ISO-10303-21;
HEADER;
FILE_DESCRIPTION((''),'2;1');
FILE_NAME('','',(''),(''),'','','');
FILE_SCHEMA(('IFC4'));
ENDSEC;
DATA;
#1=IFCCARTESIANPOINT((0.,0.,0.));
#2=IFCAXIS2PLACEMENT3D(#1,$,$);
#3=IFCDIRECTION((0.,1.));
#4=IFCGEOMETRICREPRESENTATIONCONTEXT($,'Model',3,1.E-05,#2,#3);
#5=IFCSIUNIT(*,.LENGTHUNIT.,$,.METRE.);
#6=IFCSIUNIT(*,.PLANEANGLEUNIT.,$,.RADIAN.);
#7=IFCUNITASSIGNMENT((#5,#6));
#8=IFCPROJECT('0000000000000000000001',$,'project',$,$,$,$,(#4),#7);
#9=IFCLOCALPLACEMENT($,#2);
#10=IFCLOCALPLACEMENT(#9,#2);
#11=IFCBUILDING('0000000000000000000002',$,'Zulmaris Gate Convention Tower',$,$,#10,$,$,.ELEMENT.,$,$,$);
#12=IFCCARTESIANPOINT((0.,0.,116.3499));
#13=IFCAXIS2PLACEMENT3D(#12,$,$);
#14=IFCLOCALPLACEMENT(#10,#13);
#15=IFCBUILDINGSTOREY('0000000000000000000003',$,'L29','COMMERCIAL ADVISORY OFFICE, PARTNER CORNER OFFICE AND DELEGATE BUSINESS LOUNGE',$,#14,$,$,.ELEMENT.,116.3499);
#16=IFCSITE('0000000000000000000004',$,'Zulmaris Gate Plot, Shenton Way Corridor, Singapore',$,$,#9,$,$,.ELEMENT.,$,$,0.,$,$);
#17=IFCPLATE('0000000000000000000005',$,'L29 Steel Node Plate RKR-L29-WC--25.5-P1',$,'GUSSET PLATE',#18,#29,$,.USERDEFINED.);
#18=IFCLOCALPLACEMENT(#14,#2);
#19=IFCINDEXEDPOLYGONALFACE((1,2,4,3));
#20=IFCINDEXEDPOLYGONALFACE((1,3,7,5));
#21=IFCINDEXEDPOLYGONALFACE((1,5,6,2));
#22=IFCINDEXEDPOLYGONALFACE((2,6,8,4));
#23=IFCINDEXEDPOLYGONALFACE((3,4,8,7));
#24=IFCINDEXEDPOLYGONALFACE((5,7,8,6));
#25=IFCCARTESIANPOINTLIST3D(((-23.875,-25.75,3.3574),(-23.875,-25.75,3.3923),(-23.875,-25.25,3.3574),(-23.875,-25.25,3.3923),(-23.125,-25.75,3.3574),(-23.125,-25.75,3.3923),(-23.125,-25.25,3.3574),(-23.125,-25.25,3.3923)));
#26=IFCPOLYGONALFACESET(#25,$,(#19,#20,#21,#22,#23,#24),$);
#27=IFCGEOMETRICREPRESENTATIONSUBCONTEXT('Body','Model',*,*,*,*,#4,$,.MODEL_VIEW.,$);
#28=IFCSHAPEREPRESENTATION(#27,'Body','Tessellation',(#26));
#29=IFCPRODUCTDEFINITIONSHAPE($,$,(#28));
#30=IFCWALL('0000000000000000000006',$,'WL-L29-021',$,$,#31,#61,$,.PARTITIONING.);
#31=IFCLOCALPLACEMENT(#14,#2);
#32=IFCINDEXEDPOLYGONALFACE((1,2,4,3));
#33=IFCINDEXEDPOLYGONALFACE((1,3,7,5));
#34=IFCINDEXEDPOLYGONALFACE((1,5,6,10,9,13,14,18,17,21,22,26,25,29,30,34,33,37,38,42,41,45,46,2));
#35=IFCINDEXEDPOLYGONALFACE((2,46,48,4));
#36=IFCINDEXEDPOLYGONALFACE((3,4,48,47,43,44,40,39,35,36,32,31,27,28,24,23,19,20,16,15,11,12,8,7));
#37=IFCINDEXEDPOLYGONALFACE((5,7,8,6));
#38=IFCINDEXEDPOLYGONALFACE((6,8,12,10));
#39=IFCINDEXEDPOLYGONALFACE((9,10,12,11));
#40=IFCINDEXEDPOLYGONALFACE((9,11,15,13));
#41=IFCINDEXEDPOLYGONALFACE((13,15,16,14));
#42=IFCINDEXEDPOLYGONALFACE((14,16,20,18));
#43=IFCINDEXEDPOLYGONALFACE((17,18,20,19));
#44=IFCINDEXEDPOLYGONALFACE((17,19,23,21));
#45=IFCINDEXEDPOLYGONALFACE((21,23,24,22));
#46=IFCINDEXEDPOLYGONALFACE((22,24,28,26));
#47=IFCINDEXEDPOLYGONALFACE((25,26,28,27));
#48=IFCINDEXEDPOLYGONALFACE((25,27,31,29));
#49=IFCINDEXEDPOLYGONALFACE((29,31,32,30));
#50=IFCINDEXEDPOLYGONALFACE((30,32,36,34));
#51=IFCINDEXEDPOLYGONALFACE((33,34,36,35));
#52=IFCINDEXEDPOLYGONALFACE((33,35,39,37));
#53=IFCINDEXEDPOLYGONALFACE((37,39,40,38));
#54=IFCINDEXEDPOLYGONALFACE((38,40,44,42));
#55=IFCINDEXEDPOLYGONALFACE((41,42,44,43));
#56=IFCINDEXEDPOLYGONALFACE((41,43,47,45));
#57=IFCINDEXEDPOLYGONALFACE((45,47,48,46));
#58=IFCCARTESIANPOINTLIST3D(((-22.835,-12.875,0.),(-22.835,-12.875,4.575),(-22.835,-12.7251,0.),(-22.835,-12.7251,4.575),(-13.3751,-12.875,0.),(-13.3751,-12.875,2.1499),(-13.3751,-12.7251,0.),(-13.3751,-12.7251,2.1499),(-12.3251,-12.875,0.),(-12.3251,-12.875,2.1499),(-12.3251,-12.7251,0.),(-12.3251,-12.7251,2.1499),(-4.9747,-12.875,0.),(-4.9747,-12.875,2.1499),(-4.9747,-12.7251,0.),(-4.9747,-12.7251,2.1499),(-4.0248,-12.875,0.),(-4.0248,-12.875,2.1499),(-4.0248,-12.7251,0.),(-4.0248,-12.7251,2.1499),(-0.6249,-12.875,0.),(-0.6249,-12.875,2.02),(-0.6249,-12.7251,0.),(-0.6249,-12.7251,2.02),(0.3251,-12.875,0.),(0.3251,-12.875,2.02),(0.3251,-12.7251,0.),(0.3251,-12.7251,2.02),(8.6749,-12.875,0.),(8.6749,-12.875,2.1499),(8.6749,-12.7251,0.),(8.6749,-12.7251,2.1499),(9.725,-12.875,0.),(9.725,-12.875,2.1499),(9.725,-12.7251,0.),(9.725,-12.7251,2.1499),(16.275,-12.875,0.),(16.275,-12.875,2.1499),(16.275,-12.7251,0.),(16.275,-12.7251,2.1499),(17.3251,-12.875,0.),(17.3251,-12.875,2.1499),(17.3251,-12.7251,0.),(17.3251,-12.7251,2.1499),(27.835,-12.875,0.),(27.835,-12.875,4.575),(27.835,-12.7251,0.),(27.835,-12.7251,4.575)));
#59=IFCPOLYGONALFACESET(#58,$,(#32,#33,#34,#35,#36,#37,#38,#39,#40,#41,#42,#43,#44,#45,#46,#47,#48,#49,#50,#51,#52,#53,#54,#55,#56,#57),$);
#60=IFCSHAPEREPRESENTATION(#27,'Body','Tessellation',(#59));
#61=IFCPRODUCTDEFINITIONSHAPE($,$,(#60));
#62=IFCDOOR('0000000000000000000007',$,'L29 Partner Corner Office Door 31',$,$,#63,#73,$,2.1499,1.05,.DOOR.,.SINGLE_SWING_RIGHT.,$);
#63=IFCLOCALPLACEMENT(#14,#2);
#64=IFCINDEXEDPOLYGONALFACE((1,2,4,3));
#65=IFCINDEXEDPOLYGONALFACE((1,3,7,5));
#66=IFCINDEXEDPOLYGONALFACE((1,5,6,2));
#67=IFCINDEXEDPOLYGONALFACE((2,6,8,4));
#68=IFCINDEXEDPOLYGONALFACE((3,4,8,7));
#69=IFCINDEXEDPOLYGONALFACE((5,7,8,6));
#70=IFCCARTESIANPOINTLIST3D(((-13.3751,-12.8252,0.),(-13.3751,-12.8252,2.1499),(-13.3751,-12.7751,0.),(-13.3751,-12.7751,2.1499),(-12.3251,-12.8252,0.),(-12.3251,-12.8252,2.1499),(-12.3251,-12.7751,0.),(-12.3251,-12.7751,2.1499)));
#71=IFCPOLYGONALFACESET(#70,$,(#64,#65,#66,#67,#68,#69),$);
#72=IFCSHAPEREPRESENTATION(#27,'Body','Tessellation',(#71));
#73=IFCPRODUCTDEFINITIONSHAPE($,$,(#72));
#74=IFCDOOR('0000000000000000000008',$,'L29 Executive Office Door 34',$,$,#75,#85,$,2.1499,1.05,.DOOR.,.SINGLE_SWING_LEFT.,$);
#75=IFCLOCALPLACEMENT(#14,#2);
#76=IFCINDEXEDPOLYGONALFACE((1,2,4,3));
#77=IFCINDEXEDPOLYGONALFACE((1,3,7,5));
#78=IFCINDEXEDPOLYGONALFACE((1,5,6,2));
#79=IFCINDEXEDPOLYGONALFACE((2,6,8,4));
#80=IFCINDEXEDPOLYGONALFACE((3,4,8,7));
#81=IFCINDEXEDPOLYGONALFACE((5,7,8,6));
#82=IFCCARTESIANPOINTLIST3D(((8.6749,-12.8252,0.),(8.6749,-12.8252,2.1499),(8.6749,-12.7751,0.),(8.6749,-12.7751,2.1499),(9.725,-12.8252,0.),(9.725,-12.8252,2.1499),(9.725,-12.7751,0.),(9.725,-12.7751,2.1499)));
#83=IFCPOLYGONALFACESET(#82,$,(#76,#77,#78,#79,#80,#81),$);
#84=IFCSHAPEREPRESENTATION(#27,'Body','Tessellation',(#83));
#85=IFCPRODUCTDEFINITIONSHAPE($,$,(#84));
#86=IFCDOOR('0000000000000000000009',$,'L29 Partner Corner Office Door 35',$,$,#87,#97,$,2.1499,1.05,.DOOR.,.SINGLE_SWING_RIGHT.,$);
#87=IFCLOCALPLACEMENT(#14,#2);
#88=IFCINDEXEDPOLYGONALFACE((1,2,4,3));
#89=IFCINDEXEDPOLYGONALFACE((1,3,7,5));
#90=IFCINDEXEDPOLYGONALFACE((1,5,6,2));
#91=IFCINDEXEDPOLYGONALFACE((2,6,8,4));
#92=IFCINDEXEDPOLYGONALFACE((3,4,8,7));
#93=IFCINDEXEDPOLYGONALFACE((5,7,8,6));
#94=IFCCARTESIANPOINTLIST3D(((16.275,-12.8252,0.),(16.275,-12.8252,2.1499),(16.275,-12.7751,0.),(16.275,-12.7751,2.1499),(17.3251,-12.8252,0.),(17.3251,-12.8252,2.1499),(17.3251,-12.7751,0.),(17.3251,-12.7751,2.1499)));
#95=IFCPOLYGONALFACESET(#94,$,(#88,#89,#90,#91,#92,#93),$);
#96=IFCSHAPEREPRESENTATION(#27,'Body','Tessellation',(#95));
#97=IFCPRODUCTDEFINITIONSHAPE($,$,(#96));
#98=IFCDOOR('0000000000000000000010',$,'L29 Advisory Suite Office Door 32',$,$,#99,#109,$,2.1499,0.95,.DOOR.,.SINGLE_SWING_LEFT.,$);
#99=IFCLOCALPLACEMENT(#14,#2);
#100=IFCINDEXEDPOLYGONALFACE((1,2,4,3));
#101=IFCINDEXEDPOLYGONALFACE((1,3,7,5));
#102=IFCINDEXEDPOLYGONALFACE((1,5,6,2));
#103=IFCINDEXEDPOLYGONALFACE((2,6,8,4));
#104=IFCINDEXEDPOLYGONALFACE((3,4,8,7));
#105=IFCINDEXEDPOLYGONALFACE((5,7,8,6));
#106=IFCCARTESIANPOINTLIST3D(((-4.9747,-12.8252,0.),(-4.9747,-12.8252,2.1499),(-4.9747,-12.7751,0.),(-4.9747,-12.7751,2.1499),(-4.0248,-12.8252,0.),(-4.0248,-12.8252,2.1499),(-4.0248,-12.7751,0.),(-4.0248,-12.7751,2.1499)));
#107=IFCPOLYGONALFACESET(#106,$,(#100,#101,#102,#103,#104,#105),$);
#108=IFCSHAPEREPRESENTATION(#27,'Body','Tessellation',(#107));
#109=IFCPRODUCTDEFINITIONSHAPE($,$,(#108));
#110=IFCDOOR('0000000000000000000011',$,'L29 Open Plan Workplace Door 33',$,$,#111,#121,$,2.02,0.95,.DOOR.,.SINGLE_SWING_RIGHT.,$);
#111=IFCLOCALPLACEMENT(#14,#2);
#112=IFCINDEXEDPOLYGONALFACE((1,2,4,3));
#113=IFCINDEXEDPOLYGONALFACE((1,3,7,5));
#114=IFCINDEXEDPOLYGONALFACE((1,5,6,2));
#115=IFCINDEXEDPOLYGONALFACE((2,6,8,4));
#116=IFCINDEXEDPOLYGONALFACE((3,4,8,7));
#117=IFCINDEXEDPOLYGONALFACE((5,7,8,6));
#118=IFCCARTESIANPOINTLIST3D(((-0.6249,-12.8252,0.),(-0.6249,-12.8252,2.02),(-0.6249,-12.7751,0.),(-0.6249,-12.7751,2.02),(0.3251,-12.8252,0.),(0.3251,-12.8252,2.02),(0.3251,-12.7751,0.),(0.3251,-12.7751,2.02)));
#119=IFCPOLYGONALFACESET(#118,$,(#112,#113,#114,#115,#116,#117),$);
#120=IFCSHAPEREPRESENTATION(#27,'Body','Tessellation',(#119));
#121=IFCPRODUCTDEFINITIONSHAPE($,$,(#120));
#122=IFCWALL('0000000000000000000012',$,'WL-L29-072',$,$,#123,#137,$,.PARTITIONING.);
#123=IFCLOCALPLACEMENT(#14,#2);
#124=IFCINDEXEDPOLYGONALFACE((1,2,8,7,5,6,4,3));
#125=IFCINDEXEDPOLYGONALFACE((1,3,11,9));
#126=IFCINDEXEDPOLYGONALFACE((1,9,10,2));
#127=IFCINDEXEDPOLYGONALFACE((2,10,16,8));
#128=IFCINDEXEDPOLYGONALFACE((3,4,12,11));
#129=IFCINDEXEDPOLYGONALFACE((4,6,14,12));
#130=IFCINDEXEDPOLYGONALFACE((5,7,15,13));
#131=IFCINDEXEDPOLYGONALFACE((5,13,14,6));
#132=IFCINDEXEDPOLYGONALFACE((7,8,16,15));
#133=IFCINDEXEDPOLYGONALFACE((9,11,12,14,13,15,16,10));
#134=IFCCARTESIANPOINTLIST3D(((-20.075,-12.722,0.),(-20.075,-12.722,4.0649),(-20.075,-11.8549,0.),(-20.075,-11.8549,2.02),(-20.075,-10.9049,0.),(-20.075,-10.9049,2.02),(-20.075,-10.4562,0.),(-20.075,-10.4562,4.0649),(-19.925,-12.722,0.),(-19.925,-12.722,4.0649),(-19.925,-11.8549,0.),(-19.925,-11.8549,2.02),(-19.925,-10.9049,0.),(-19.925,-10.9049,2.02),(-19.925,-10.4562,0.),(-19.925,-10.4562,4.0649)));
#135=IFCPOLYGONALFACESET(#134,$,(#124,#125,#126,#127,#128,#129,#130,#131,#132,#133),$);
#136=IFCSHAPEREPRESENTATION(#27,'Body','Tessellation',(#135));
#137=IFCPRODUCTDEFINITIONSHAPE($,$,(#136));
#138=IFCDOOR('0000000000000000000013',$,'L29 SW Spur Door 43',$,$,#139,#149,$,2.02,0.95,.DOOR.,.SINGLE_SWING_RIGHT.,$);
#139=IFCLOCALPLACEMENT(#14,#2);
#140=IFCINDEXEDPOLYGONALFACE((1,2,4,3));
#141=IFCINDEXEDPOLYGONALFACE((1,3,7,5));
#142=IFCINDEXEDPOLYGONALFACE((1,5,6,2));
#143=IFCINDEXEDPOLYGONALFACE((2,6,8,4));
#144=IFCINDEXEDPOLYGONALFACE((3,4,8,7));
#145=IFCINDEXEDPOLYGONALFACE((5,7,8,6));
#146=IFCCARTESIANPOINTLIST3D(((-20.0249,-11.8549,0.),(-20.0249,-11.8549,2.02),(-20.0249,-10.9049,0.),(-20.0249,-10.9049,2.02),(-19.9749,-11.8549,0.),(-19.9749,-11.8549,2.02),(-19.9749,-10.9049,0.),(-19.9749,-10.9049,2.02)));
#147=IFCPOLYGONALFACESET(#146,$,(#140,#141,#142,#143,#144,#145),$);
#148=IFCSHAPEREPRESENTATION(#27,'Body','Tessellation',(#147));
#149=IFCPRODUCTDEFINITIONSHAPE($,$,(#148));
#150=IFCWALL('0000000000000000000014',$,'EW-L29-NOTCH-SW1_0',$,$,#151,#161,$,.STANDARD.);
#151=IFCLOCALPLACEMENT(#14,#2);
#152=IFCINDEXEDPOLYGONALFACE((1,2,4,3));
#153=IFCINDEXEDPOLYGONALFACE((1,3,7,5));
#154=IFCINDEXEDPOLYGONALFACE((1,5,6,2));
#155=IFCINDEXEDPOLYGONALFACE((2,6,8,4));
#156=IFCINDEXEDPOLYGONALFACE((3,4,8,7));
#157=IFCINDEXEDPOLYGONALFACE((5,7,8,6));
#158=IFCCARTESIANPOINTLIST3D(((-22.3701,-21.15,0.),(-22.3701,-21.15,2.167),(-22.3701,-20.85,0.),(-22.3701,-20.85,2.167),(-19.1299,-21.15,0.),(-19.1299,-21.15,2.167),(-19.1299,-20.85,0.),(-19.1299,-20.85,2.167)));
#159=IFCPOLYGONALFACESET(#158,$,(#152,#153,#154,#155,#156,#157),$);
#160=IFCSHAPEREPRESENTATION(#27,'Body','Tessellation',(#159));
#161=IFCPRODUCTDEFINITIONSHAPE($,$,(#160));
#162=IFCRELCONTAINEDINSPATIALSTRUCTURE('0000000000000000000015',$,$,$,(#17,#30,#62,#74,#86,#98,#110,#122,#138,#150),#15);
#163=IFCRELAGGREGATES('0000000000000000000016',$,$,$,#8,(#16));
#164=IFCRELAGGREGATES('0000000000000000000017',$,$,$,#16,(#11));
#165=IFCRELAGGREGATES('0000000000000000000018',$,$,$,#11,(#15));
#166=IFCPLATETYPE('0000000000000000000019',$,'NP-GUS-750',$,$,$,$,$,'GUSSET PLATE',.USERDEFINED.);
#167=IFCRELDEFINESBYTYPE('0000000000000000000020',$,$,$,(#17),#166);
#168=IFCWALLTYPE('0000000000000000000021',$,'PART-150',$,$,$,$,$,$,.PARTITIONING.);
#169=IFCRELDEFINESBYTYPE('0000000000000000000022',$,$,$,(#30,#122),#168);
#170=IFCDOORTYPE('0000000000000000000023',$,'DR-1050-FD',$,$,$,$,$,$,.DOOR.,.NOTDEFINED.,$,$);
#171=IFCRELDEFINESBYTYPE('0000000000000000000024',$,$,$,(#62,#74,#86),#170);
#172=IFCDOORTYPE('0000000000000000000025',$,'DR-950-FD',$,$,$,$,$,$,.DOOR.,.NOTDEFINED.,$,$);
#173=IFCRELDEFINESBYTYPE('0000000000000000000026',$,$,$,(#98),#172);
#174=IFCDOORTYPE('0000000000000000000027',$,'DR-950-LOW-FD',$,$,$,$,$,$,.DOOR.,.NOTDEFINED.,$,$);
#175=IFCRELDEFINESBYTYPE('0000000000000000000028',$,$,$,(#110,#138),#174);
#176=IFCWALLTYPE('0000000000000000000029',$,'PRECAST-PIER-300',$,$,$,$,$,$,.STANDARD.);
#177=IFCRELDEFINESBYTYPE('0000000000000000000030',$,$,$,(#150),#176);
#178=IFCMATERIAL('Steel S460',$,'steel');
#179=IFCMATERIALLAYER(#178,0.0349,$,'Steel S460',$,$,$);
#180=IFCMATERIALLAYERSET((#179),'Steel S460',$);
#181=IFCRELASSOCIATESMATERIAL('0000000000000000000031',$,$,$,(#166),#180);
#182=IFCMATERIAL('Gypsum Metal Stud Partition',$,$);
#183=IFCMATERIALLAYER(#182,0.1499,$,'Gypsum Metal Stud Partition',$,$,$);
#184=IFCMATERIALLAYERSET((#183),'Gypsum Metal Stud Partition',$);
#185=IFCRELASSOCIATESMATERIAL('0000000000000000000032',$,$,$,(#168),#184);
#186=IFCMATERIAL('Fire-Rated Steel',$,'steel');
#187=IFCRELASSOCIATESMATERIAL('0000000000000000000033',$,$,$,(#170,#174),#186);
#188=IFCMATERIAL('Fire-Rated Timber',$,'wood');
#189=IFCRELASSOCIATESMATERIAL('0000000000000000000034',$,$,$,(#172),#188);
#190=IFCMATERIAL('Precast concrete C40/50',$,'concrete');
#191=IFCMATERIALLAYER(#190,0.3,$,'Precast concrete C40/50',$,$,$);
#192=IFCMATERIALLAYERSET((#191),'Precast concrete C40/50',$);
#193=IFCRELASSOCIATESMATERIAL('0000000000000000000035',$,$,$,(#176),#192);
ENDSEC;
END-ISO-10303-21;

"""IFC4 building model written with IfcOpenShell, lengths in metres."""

from ifc_helpers import new_model, si_unit, direction, frame, frame_2d, origin, origin_2d, place, context, subcontext, project, spatial, rectangle, extrude, material, layer, layer_set, type_object, element, fill, save


model = new_model("IFC4")

# Units and contexts
model_context = context("Model", 3, precision=1e-05, world=origin(), true_north=direction((0.0, 1.0)))
body_context = subcontext(model_context, "Body", "Model", "MODEL_VIEW")
ifc_project = project(units=[si_unit("LENGTHUNIT", "METRE"), si_unit("PLANEANGLEUNIT", "RADIAN")], contexts=[model_context])

# Site, building, storey
site_placement = place(None, origin())
site = spatial("IfcSite", under=ifc_project, at=site_placement, Name="Zulmaris Gate Plot, Shenton Way Corridor, Singapore", CompositionType="ELEMENT", RefElevation=0.0)
building_placement = place(site_placement, origin())
building = spatial("IfcBuilding", under=site, at=building_placement, Name="Zulmaris Gate Convention Tower", CompositionType="ELEMENT")
storey_placement = place(building_placement, frame((0.0, 0.0, 116.3499)))
storey = spatial("IfcBuildingStorey", under=building, at=storey_placement, Name="L29", Description="COMMERCIAL ADVISORY OFFICE, PARTNER CORNER OFFICE AND DELEGATE BUSINESS LOUNGE", CompositionType="ELEMENT", Elevation=116.3499)

# Shared definitions
ifc_material_1 = material(Name="Steel S460", Category="steel")

# Plate
ifc_layer_1 = layer(ifc_material_1, 0.0349, Name="Steel S460")
ifc_layer_set_1 = layer_set([ifc_layer_1], Name="Steel S460")
plate_type_1 = type_object("IfcPlateType", Name="NP-GUS-750", ElementType="GUSSET PLATE", PredefinedType="USERDEFINED", material=ifc_layer_set_1)
for number, where, z_axis, x_axis, name in (
    (1, (-23.5, -25.5, 3.3574), (0.0, 0.0, 1.0), (1.0, 0.0, 0.0), "L29 Steel Node Plate RKR-L29-WC--25.5-P1"),
):
    element("IfcPlate", number, at=place(storey_placement, frame(where, z_axis=z_axis, x_axis=x_axis)), inside=storey, type_object=plate_type_1, Name=name, ObjectType="GUSSET PLATE", PredefinedType="USERDEFINED", context=body_context, shape_type="SweptSolid", body=[
        extrude(rectangle(XDim=0.75, YDim=0.5, at=origin_2d()), origin(), (0.0, 0.0, 1.0), 0.0349),
    ])

# Wall, openings, doors
ifc_material_2 = material(Name="Gypsum Metal Stud Partition")
ifc_layer_2 = layer(ifc_material_2, 0.1499, Name="Gypsum Metal Stud Partition")
ifc_layer_set_2 = layer_set([ifc_layer_2], Name="Gypsum Metal Stud Partition")
wall_type_1 = type_object("IfcWallType", Name="PART-150", PredefinedType="PARTITIONING", material=ifc_layer_set_2)
wall_1_placement = place(storey_placement, frame((-22.835, -12.8, 0.0), z_axis=(0.0, 0.0, 1.0), x_axis=(1.0, 0.0, 0.0)))
wall_1 = element("IfcWall", 2, at=wall_1_placement, inside=storey, type_object=wall_type_1, Name="WL-L29-021", PredefinedType="PARTITIONING", context=body_context, shape_type="SweptSolid", body=[
    extrude(rectangle(XDim=50.6699, YDim=0.1499, at=frame_2d((25.335, 0.0))), origin(), (0.0, 0.0, 1.0), 4.575),
])
opening_1_placement = place(wall_1_placement, frame((9.46, 0.0, 0.0)))
opening_1 = element("IfcOpeningElement", 3, at=opening_1_placement, cuts=wall_1, PredefinedType="OPENING", context=body_context, shape_type="SweptSolid", body=[
    extrude(rectangle(XDim=1.05, YDim=2.1499, at=frame_2d((0.5249, 1.075))), frame((0.0, 0.085, 0.0), z_axis=(0.0, -1.0, 0.0), x_axis=(1.0, 0.0, 0.0)), (0.0, 0.0, 1.0), 0.1699),
])
opening_2_placement = place(wall_1_placement, frame((17.8601, 0.0, 0.0)))
opening_2 = element("IfcOpeningElement", 4, at=opening_2_placement, cuts=wall_1, PredefinedType="OPENING", context=body_context, shape_type="SweptSolid", body=[
    extrude(rectangle(XDim=0.95, YDim=2.1499, at=frame_2d((0.4751, 1.075))), frame((0.0, 0.085, 0.0), z_axis=(0.0, -1.0, 0.0), x_axis=(1.0, 0.0, 0.0)), (0.0, 0.0, 1.0), 0.1699),
])
opening_3_placement = place(wall_1_placement, frame((22.21, 0.0, 0.0)))
opening_3 = element("IfcOpeningElement", 5, at=opening_3_placement, cuts=wall_1, PredefinedType="OPENING", context=body_context, shape_type="SweptSolid", body=[
    extrude(rectangle(XDim=0.95, YDim=2.02, at=frame_2d((0.4751, 1.01))), frame((0.0, 0.085, 0.0), z_axis=(0.0, -1.0, 0.0), x_axis=(1.0, 0.0, 0.0)), (0.0, 0.0, 1.0), 0.1699),
])
opening_4_placement = place(wall_1_placement, frame((31.51, 0.0, 0.0)))
opening_4 = element("IfcOpeningElement", 6, at=opening_4_placement, cuts=wall_1, PredefinedType="OPENING", context=body_context, shape_type="SweptSolid", body=[
    extrude(rectangle(XDim=1.05, YDim=2.1499, at=frame_2d((0.5249, 1.075))), frame((0.0, 0.085, 0.0), z_axis=(0.0, -1.0, 0.0), x_axis=(1.0, 0.0, 0.0)), (0.0, 0.0, 1.0), 0.1699),
])
opening_5_placement = place(wall_1_placement, frame((39.1101, 0.0, 0.0)))
opening_5 = element("IfcOpeningElement", 7, at=opening_5_placement, cuts=wall_1, PredefinedType="OPENING", context=body_context, shape_type="SweptSolid", body=[
    extrude(rectangle(XDim=1.05, YDim=2.1499, at=frame_2d((0.5249, 1.075))), frame((0.0, 0.085, 0.0), z_axis=(0.0, -1.0, 0.0), x_axis=(1.0, 0.0, 0.0)), (0.0, 0.0, 1.0), 0.1699),
])
ifc_material_3 = material(Name="Fire-Rated Steel", Category="steel")
door_type_1 = type_object("IfcDoorType", Name="DR-1050-FD", OperationType="NOTDEFINED", PredefinedType="DOOR", material=ifc_material_3)
door_1_placement = place(opening_1_placement, origin())
door_1 = element("IfcDoor", 8, at=door_1_placement, inside=storey, type_object=door_type_1, Name="L29 Partner Corner Office Door 31", OperationType="SINGLE_SWING_RIGHT", OverallHeight=2.1499, OverallWidth=1.05, PredefinedType="DOOR", context=body_context, shape_type="SweptSolid", body=[
    extrude(rectangle(XDim=1.05, YDim=2.1499, at=frame_2d((0.5249, 1.075))), frame((0.0, 0.0249, 0.0), z_axis=(0.0, -1.0, 0.0), x_axis=(1.0, 0.0, 0.0)), (0.0, 0.0, 1.0), 0.05),
])
fill(opening_1, door_1)
door_2_placement = place(opening_4_placement, origin())
door_2 = element("IfcDoor", 9, at=door_2_placement, inside=storey, type_object=door_type_1, Name="L29 Executive Office Door 34", OperationType="SINGLE_SWING_LEFT", OverallHeight=2.1499, OverallWidth=1.05, PredefinedType="DOOR", context=body_context, shape_type="SweptSolid", body=[
    extrude(rectangle(XDim=1.05, YDim=2.1499, at=frame_2d((0.5249, 1.075))), frame((0.0, 0.0249, 0.0), z_axis=(0.0, -1.0, 0.0), x_axis=(1.0, 0.0, 0.0)), (0.0, 0.0, 1.0), 0.05),
])
fill(opening_4, door_2)
door_3_placement = place(opening_5_placement, origin())
door_3 = element("IfcDoor", 10, at=door_3_placement, inside=storey, type_object=door_type_1, Name="L29 Partner Corner Office Door 35", OperationType="SINGLE_SWING_RIGHT", OverallHeight=2.1499, OverallWidth=1.05, PredefinedType="DOOR", context=body_context, shape_type="SweptSolid", body=[
    extrude(rectangle(XDim=1.05, YDim=2.1499, at=frame_2d((0.5249, 1.075))), frame((0.0, 0.0249, 0.0), z_axis=(0.0, -1.0, 0.0), x_axis=(1.0, 0.0, 0.0)), (0.0, 0.0, 1.0), 0.05),
])
fill(opening_5, door_3)
ifc_material_4 = material(Name="Fire-Rated Timber", Category="wood")
door_type_2 = type_object("IfcDoorType", Name="DR-950-FD", OperationType="NOTDEFINED", PredefinedType="DOOR", material=ifc_material_4)
door_4_placement = place(opening_2_placement, origin())
door_4 = element("IfcDoor", 11, at=door_4_placement, inside=storey, type_object=door_type_2, Name="L29 Advisory Suite Office Door 32", OperationType="SINGLE_SWING_LEFT", OverallHeight=2.1499, OverallWidth=0.95, PredefinedType="DOOR", context=body_context, shape_type="SweptSolid", body=[
    extrude(rectangle(XDim=0.95, YDim=2.1499, at=frame_2d((0.4751, 1.075))), frame((0.0, 0.0249, 0.0), z_axis=(0.0, -1.0, 0.0), x_axis=(1.0, 0.0, 0.0)), (0.0, 0.0, 1.0), 0.05),
])
fill(opening_2, door_4)
door_type_3 = type_object("IfcDoorType", Name="DR-950-LOW-FD", OperationType="NOTDEFINED", PredefinedType="DOOR", material=ifc_material_3)
door_5_placement = place(opening_3_placement, origin())
door_5 = element("IfcDoor", 12, at=door_5_placement, inside=storey, type_object=door_type_3, Name="L29 Open Plan Workplace Door 33", OperationType="SINGLE_SWING_RIGHT", OverallHeight=2.02, OverallWidth=0.95, PredefinedType="DOOR", context=body_context, shape_type="SweptSolid", body=[
    extrude(rectangle(XDim=0.95, YDim=2.02, at=frame_2d((0.4751, 1.01))), frame((0.0, 0.0249, 0.0), z_axis=(0.0, -1.0, 0.0), x_axis=(1.0, 0.0, 0.0)), (0.0, 0.0, 1.0), 0.05),
])
fill(opening_3, door_5)

# Wall, opening, door
wall_2_placement = place(storey_placement, frame((-20.0, -12.7219, 0.0), z_axis=(0.0, 0.0, 1.0), x_axis=(0.0, 1.0, 0.0)))
wall_2 = element("IfcWall", 13, at=wall_2_placement, inside=storey, type_object=wall_type_1, Name="WL-L29-072", PredefinedType="PARTITIONING", context=body_context, shape_type="SweptSolid", body=[
    extrude(rectangle(XDim=2.2659, YDim=0.1499, at=frame_2d((1.1328, 0.0))), origin(), (0.0, 0.0, 1.0), 4.0649),
])
opening_6_placement = place(wall_2_placement, frame((0.8669, 0.0, 0.0)))
opening_6 = element("IfcOpeningElement", 14, at=opening_6_placement, cuts=wall_2, PredefinedType="OPENING", context=body_context, shape_type="SweptSolid", body=[
    extrude(rectangle(XDim=0.95, YDim=2.02, at=frame_2d((0.4751, 1.01))), frame((0.0, 0.085, 0.0), z_axis=(0.0, -1.0, 0.0), x_axis=(1.0, 0.0, 0.0)), (0.0, 0.0, 1.0), 0.1699),
])
door_6_placement = place(opening_6_placement, origin())
door_6 = element("IfcDoor", 15, at=door_6_placement, inside=storey, type_object=door_type_3, Name="L29 SW Spur Door 43", OperationType="SINGLE_SWING_RIGHT", OverallHeight=2.02, OverallWidth=0.95, PredefinedType="DOOR", context=body_context, shape_type="SweptSolid", body=[
    extrude(rectangle(XDim=0.95, YDim=2.02, at=frame_2d((0.4751, 1.01))), frame((0.0, 0.0249, 0.0), z_axis=(0.0, -1.0, 0.0), x_axis=(1.0, 0.0, 0.0)), (0.0, 0.0, 1.0), 0.05),
])
fill(opening_6, door_6)

# Wall
ifc_material_5 = material(Name="Precast concrete C40/50", Category="concrete")
ifc_layer_3 = layer(ifc_material_5, 0.3, Name="Precast concrete C40/50")
ifc_layer_set_3 = layer_set([ifc_layer_3], Name="Precast concrete C40/50")
wall_type_2 = type_object("IfcWallType", Name="PRECAST-PIER-300", PredefinedType="STANDARD", material=ifc_layer_set_3)
wall_3_placement = place(storey_placement, frame((-22.3701, -21.0, 0.0), z_axis=(0.0, 0.0, 1.0), x_axis=(1.0, 0.0, 0.0)))
element("IfcWall", 16, at=wall_3_placement, inside=storey, type_object=wall_type_2, Name="EW-L29-NOTCH-SW1_0", PredefinedType="STANDARD", context=body_context, shape_type="SweptSolid", body=[
    extrude(rectangle(XDim=3.2402, YDim=0.3, at=frame_2d((1.6201, 0.0))), origin(), (0.0, 0.0, 1.0), 2.167),
])

save(model, "model.ifc")
